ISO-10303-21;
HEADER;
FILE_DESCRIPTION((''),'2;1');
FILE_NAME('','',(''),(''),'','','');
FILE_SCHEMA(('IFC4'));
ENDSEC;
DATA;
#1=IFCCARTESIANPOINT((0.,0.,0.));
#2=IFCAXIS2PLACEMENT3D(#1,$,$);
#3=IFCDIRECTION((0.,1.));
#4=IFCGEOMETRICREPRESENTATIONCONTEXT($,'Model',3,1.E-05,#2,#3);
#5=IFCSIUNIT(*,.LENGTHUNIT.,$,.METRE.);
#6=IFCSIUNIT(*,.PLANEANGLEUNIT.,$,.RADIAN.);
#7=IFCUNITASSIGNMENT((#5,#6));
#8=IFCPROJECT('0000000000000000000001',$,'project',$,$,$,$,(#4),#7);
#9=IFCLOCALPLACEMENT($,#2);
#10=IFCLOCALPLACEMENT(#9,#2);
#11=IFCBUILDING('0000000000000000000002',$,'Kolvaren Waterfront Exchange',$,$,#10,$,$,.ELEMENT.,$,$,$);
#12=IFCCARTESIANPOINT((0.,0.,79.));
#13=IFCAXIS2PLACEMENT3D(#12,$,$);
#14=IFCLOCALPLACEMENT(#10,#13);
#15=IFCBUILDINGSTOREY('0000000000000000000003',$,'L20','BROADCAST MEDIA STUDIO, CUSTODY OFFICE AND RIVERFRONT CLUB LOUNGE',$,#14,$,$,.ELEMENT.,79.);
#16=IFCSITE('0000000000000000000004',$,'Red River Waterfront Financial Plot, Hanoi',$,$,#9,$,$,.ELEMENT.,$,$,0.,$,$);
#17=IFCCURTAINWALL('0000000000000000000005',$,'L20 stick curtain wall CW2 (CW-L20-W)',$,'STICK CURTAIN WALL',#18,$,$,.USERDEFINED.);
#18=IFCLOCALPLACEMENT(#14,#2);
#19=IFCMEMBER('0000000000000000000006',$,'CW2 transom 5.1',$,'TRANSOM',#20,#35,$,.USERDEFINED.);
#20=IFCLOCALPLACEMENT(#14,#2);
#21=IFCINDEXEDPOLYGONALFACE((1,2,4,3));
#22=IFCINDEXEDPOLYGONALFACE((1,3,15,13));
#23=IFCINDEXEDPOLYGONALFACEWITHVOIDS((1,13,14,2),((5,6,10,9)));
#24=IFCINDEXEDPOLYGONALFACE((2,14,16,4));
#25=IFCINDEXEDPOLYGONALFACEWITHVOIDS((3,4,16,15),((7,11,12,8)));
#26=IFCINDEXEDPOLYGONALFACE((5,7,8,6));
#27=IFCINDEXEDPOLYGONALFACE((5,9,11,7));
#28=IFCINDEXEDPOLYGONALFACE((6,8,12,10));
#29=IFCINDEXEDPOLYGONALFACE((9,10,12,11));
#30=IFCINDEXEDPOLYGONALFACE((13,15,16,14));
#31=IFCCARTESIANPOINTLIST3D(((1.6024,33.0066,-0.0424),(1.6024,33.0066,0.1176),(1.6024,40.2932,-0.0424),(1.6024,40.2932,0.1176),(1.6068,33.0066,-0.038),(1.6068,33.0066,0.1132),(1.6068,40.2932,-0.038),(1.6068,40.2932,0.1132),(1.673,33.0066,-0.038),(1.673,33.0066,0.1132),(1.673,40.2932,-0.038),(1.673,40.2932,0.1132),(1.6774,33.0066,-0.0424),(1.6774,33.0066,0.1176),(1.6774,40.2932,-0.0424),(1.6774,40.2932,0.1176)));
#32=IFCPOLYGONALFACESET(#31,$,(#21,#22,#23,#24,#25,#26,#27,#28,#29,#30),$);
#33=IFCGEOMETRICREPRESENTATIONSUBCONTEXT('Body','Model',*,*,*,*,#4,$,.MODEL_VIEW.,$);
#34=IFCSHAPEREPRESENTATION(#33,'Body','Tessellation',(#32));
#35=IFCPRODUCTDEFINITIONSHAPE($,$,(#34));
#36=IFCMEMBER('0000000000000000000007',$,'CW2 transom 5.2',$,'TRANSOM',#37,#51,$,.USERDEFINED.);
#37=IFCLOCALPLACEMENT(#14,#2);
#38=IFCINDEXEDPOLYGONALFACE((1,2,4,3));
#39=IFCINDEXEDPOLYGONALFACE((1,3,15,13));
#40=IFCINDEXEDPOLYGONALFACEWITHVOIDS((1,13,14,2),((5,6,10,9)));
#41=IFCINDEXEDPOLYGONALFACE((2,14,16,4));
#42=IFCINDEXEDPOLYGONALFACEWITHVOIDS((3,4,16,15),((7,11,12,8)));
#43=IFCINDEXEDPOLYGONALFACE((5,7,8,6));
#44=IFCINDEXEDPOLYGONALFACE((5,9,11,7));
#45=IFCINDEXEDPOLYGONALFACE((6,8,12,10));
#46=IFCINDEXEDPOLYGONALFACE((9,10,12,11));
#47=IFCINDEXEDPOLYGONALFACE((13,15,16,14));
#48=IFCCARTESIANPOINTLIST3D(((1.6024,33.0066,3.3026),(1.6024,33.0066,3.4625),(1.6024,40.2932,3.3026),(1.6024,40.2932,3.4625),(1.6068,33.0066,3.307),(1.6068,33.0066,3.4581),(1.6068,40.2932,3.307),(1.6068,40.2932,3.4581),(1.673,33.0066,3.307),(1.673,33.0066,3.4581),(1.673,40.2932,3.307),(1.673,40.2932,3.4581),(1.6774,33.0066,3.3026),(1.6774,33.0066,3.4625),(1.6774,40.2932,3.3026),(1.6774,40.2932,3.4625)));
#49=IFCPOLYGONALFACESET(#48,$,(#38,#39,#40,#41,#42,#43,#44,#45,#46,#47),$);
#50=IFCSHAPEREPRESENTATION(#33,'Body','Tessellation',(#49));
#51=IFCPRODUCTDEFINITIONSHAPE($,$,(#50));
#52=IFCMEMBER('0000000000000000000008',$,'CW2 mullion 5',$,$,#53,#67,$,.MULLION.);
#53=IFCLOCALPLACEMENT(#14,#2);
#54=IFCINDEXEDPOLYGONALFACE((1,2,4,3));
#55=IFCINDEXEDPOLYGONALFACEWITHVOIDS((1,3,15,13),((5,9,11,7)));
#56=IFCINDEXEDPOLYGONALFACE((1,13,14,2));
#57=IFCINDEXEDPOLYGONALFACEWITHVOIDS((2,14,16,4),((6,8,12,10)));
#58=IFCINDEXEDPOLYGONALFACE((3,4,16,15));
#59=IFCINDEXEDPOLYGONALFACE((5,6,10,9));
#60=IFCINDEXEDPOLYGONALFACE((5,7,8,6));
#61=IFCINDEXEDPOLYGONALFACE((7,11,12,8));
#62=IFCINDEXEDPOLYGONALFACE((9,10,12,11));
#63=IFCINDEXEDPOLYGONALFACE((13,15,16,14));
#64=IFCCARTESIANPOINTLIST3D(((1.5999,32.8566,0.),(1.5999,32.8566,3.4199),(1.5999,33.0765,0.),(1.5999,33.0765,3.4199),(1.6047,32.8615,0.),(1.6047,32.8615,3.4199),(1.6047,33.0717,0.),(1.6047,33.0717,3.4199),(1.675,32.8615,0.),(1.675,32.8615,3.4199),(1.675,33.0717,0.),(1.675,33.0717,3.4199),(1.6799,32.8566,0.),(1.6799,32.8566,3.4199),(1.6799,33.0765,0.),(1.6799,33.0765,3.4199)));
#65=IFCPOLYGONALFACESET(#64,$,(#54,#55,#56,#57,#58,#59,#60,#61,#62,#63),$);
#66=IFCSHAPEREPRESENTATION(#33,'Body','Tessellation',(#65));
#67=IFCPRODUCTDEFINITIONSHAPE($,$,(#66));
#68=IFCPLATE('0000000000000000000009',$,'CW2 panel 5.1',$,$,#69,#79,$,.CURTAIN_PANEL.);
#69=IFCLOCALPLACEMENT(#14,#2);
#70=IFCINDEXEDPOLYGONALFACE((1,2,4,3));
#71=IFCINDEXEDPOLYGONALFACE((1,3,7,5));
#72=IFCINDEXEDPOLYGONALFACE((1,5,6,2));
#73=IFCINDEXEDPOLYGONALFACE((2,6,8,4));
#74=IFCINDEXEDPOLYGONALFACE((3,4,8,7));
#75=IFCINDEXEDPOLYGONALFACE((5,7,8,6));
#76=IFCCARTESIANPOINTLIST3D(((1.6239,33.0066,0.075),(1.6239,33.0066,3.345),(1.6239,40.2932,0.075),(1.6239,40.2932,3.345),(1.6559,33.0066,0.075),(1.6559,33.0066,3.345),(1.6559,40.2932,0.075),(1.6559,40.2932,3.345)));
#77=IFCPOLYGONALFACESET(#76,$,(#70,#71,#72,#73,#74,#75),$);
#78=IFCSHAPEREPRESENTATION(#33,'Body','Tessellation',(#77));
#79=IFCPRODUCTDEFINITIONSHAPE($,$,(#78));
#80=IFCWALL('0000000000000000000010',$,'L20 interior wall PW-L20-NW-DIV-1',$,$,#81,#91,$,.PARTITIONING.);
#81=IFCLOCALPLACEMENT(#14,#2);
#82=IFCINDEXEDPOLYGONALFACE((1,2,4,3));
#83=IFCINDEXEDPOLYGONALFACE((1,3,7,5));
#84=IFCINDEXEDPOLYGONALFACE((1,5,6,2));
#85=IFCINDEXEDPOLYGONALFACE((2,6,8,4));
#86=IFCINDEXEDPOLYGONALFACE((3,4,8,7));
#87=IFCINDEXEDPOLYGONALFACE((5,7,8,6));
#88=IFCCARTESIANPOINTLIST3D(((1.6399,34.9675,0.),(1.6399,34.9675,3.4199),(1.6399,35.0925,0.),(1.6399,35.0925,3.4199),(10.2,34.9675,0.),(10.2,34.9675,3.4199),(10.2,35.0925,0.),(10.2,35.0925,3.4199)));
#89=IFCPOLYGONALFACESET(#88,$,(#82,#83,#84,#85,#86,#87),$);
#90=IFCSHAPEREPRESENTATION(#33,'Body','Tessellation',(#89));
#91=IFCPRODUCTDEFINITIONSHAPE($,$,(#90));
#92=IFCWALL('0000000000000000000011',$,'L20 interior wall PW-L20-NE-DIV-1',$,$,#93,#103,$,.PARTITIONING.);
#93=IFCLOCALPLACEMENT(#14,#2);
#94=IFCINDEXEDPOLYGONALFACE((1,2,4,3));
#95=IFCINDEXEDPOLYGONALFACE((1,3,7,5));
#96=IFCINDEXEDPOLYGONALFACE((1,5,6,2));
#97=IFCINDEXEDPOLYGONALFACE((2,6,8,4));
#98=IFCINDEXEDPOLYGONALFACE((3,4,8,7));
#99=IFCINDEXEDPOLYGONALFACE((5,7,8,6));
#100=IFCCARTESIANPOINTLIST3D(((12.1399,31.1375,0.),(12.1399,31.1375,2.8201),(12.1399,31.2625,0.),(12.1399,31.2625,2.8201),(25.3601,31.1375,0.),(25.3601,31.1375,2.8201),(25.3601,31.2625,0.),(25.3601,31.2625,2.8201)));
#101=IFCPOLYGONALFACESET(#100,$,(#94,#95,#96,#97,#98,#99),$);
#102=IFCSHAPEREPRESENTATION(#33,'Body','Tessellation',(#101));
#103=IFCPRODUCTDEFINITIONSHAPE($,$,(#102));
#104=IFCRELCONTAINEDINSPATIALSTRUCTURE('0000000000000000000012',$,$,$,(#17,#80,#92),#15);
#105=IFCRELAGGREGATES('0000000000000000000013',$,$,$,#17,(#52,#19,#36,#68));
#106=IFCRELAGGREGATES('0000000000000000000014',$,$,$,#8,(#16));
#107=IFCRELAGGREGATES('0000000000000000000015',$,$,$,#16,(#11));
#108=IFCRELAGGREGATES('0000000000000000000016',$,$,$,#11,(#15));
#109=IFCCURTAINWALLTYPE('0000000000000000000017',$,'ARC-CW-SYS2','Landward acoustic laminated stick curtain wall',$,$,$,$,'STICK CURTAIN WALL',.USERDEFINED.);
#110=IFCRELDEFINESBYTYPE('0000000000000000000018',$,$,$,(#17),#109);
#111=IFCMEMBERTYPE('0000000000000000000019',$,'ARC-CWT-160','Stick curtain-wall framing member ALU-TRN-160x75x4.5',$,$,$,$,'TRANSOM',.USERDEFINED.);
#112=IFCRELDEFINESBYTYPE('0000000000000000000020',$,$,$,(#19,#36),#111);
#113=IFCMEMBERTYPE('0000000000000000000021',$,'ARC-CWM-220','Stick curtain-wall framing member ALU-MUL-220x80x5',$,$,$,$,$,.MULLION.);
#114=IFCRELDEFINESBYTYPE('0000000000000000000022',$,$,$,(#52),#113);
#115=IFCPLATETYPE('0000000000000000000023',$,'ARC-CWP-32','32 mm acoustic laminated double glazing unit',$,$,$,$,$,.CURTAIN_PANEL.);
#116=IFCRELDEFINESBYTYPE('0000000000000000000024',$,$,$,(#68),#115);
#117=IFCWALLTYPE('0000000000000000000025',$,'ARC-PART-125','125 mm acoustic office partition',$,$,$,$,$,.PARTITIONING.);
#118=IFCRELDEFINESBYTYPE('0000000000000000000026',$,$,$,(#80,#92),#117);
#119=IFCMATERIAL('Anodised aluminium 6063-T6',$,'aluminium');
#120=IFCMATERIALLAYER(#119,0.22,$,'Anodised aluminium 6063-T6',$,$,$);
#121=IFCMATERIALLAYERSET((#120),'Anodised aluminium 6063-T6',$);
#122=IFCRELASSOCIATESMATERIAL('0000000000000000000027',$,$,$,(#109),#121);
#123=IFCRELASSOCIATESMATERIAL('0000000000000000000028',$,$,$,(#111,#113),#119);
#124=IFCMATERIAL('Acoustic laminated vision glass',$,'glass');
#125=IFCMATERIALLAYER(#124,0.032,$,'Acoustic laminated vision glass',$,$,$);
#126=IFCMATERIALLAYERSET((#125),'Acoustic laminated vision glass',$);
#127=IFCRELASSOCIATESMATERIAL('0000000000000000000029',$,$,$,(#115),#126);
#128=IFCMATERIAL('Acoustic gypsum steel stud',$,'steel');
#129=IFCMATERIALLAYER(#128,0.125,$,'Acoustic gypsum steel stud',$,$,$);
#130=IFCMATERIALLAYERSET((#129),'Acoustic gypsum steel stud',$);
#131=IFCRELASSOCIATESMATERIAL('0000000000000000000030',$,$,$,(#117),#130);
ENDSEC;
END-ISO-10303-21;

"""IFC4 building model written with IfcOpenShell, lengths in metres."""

from ifc_helpers import new_model, si_unit, direction, frame, frame_2d, origin, origin_with_axes, origin_2d, place, context, subcontext, project, spatial, rectangle, hollow_rectangle, extrude, source, transform, mapped, material, layer, layer_set, material_profile, profile_set, type_object, element, aggregate, save


model = new_model("IFC4")

# Units and contexts
model_context = context("Model", 3, precision=1e-05, world=origin(), true_north=direction((0.0, 1.0)))
body_context = subcontext(model_context, "Body", "Model", "MODEL_VIEW")
ifc_project = project(units=[si_unit("LENGTHUNIT", "METRE"), si_unit("PLANEANGLEUNIT", "RADIAN")], contexts=[model_context])

# Site, building, storey
site_placement = place(None, origin())
site = spatial("IfcSite", under=ifc_project, at=site_placement, Name="Red River Waterfront Financial Plot, Hanoi", CompositionType="ELEMENT", RefElevation=0.0)
building_placement = place(site_placement, origin())
building = spatial("IfcBuilding", under=site, at=building_placement, Name="Kolvaren Waterfront Exchange", CompositionType="ELEMENT")
storey_placement = place(building_placement, frame((0.0, 0.0, 79.0)))
storey = spatial("IfcBuildingStorey", under=building, at=storey_placement, Name="L20", Description="BROADCAST MEDIA STUDIO, CUSTODY OFFICE AND RIVERFRONT CLUB LOUNGE", CompositionType="ELEMENT", Elevation=79.0)

# Curtain wall, members, plate
ifc_material_1 = material(Name="Anodised aluminium 6063-T6", Category="aluminium")
ifc_layer_1 = layer(ifc_material_1, 0.22, Name="Anodised aluminium 6063-T6")
ifc_layer_set_1 = layer_set([ifc_layer_1], Name="Anodised aluminium 6063-T6")
curtain_wall_type = type_object("IfcCurtainWallType", Name="ARC-CW-SYS2", Description="Landward acoustic laminated stick curtain wall", ElementType="STICK CURTAIN WALL", PredefinedType="USERDEFINED", material=ifc_layer_set_1)
curtain_wall_placement = place(storey_placement, origin())
curtain_wall = element("IfcCurtainWall", 1, at=curtain_wall_placement, inside=storey, type_object=curtain_wall_type, Name="L20 stick curtain wall CW2 (CW-L20-W)", ObjectType="STICK CURTAIN WALL", PredefinedType="USERDEFINED")
ifc_material_profile_1 = material_profile(ifc_material_1, hollow_rectangle(XDim=0.075, YDim=0.1599, WallThickness=0.0044, at=origin_2d()), Name="ALU-TRN-160x75x4.5")
ifc_profile_set_1 = profile_set([ifc_material_profile_1], Name="Anodised aluminium 6063-T6")
member_type_1 = type_object("IfcMemberType", Name="ARC-CWT-160", Description="Stick curtain-wall framing member ALU-TRN-160x75x4.5", ElementType="TRANSOM", PredefinedType="USERDEFINED", material=ifc_profile_set_1)
shared_shape_1 = source(origin_with_axes(), body_context, "Body", "SweptSolid", [
    extrude(hollow_rectangle(XDim=0.075, YDim=0.1599, WallThickness=0.0044, at=origin_2d()), origin(), (0.0, 0.0, 1.0), 7.2866),
])
member_1_placement = place(storey_placement, frame((1.6399, 33.0066, 0.0376), z_axis=(0.0, 1.0, 0.0), x_axis=(-1.0, 0.0, 0.0)))
member_1 = element("IfcMember", 2, at=member_1_placement, type_object=member_type_1, Name="CW2 transom 5.1", ObjectType="TRANSOM", PredefinedType="USERDEFINED", context=body_context, shape_type="MappedRepresentation", body=[
    mapped(shared_shape_1, transform((0.0, 0.0, 0.0), x_axis=(1.0, 0.0, 0.0), y_axis=(0.0, 1.0, 0.0), z_axis=(0.0, 0.0, 1.0), scale=1.0)),
])
member_2_placement = place(storey_placement, frame((1.6399, 33.0066, 3.3826), z_axis=(0.0, 1.0, 0.0), x_axis=(-1.0, 0.0, 0.0)))
member_2 = element("IfcMember", 3, at=member_2_placement, type_object=member_type_1, Name="CW2 transom 5.2", ObjectType="TRANSOM", PredefinedType="USERDEFINED", context=body_context, shape_type="MappedRepresentation", body=[
    mapped(shared_shape_1, transform((0.0, 0.0, 0.0), x_axis=(1.0, 0.0, 0.0), y_axis=(0.0, 1.0, 0.0), z_axis=(0.0, 0.0, 1.0), scale=1.0)),
])
ifc_material_profile_2 = material_profile(ifc_material_1, hollow_rectangle(XDim=0.0801, YDim=0.22, WallThickness=0.0049, at=origin_2d()), Name="ALU-MUL-220x80x5")
ifc_profile_set_2 = profile_set([ifc_material_profile_2], Name="Anodised aluminium 6063-T6")
member_type_2 = type_object("IfcMemberType", Name="ARC-CWM-220", Description="Stick curtain-wall framing member ALU-MUL-220x80x5", PredefinedType="MULLION", material=ifc_profile_set_2)
shared_shape_2 = source(origin_with_axes(), body_context, "Body", "SweptSolid", [
    extrude(hollow_rectangle(XDim=0.0801, YDim=0.22, WallThickness=0.0049, at=origin_2d()), origin(), (0.0, 0.0, 1.0), 3.4199),
])
member_3_placement = place(storey_placement, frame((1.6399, 32.9666, 0.0), z_axis=(0.0, 0.0, 1.0), x_axis=(-1.0, 0.0, 0.0)))
member_3 = element("IfcMember", 4, at=member_3_placement, type_object=member_type_2, Name="CW2 mullion 5", PredefinedType="MULLION", context=body_context, shape_type="MappedRepresentation", body=[
    mapped(shared_shape_2, transform((0.0, 0.0, 0.0), x_axis=(1.0, 0.0, 0.0), y_axis=(0.0, 1.0, 0.0), z_axis=(0.0, 0.0, 1.0), scale=1.0)),
])
ifc_material_2 = material(Name="Acoustic laminated vision glass", Category="glass")
ifc_layer_2 = layer(ifc_material_2, 0.032, Name="Acoustic laminated vision glass")
ifc_layer_set_2 = layer_set([ifc_layer_2], Name="Acoustic laminated vision glass")
plate_type = type_object("IfcPlateType", Name="ARC-CWP-32", Description="32 mm acoustic laminated double glazing unit", PredefinedType="CURTAIN_PANEL", material=ifc_layer_set_2)
shared_shape_3 = source(origin_with_axes(), body_context, "Body", "SweptSolid", [
    extrude(rectangle(XDim=7.2866, YDim=0.032, at=origin_2d()), origin(), (0.0, 0.0, 1.0), 3.27),
])
plate_placement = place(storey_placement, frame((1.6399, 36.6499, 0.075), z_axis=(0.0, 0.0, 1.0), x_axis=(0.0, 1.0, 0.0)))
plate = element("IfcPlate", 5, at=plate_placement, type_object=plate_type, Name="CW2 panel 5.1", PredefinedType="CURTAIN_PANEL", context=body_context, shape_type="MappedRepresentation", body=[
    mapped(shared_shape_3, transform((0.0, 0.0, 0.0), x_axis=(1.0, 0.0, 0.0), y_axis=(0.0, 1.0, 0.0), z_axis=(0.0, 0.0, 1.0), scale=1.0)),
])
aggregate(curtain_wall, [member_3, member_1, member_2, plate])

# Walls
ifc_material_3 = material(Name="Acoustic gypsum steel stud", Category="steel")
ifc_layer_3 = layer(ifc_material_3, 0.125, Name="Acoustic gypsum steel stud")
ifc_layer_set_3 = layer_set([ifc_layer_3], Name="Acoustic gypsum steel stud")
wall_type = type_object("IfcWallType", Name="ARC-PART-125", Description="125 mm acoustic office partition", PredefinedType="PARTITIONING", material=ifc_layer_set_3)
wall_1_placement = place(storey_placement, frame((1.6399, 35.03, 0.0), z_axis=(0.0, 0.0, 1.0), x_axis=(1.0, 0.0, 0.0)))
element("IfcWall", 6, at=wall_1_placement, inside=storey, type_object=wall_type, Name="L20 interior wall PW-L20-NW-DIV-1", PredefinedType="PARTITIONING", context=body_context, shape_type="SweptSolid", body=[
    extrude(rectangle(XDim=8.5601, YDim=0.125, at=frame_2d((4.28, 0.0))), origin(), (0.0, 0.0, 1.0), 3.4199),
])
wall_2_placement = place(storey_placement, frame((12.1399, 31.2, 0.0), z_axis=(0.0, 0.0, 1.0), x_axis=(1.0, 0.0, 0.0)))
element("IfcWall", 7, at=wall_2_placement, inside=storey, type_object=wall_type, Name="L20 interior wall PW-L20-NE-DIV-1", PredefinedType="PARTITIONING", context=body_context, shape_type="SweptSolid", body=[
    extrude(rectangle(XDim=13.2202, YDim=0.125, at=frame_2d((6.6101, 0.0))), origin(), (0.0, 0.0, 1.0), 2.8201),
])

save(model, "model.ifc")
